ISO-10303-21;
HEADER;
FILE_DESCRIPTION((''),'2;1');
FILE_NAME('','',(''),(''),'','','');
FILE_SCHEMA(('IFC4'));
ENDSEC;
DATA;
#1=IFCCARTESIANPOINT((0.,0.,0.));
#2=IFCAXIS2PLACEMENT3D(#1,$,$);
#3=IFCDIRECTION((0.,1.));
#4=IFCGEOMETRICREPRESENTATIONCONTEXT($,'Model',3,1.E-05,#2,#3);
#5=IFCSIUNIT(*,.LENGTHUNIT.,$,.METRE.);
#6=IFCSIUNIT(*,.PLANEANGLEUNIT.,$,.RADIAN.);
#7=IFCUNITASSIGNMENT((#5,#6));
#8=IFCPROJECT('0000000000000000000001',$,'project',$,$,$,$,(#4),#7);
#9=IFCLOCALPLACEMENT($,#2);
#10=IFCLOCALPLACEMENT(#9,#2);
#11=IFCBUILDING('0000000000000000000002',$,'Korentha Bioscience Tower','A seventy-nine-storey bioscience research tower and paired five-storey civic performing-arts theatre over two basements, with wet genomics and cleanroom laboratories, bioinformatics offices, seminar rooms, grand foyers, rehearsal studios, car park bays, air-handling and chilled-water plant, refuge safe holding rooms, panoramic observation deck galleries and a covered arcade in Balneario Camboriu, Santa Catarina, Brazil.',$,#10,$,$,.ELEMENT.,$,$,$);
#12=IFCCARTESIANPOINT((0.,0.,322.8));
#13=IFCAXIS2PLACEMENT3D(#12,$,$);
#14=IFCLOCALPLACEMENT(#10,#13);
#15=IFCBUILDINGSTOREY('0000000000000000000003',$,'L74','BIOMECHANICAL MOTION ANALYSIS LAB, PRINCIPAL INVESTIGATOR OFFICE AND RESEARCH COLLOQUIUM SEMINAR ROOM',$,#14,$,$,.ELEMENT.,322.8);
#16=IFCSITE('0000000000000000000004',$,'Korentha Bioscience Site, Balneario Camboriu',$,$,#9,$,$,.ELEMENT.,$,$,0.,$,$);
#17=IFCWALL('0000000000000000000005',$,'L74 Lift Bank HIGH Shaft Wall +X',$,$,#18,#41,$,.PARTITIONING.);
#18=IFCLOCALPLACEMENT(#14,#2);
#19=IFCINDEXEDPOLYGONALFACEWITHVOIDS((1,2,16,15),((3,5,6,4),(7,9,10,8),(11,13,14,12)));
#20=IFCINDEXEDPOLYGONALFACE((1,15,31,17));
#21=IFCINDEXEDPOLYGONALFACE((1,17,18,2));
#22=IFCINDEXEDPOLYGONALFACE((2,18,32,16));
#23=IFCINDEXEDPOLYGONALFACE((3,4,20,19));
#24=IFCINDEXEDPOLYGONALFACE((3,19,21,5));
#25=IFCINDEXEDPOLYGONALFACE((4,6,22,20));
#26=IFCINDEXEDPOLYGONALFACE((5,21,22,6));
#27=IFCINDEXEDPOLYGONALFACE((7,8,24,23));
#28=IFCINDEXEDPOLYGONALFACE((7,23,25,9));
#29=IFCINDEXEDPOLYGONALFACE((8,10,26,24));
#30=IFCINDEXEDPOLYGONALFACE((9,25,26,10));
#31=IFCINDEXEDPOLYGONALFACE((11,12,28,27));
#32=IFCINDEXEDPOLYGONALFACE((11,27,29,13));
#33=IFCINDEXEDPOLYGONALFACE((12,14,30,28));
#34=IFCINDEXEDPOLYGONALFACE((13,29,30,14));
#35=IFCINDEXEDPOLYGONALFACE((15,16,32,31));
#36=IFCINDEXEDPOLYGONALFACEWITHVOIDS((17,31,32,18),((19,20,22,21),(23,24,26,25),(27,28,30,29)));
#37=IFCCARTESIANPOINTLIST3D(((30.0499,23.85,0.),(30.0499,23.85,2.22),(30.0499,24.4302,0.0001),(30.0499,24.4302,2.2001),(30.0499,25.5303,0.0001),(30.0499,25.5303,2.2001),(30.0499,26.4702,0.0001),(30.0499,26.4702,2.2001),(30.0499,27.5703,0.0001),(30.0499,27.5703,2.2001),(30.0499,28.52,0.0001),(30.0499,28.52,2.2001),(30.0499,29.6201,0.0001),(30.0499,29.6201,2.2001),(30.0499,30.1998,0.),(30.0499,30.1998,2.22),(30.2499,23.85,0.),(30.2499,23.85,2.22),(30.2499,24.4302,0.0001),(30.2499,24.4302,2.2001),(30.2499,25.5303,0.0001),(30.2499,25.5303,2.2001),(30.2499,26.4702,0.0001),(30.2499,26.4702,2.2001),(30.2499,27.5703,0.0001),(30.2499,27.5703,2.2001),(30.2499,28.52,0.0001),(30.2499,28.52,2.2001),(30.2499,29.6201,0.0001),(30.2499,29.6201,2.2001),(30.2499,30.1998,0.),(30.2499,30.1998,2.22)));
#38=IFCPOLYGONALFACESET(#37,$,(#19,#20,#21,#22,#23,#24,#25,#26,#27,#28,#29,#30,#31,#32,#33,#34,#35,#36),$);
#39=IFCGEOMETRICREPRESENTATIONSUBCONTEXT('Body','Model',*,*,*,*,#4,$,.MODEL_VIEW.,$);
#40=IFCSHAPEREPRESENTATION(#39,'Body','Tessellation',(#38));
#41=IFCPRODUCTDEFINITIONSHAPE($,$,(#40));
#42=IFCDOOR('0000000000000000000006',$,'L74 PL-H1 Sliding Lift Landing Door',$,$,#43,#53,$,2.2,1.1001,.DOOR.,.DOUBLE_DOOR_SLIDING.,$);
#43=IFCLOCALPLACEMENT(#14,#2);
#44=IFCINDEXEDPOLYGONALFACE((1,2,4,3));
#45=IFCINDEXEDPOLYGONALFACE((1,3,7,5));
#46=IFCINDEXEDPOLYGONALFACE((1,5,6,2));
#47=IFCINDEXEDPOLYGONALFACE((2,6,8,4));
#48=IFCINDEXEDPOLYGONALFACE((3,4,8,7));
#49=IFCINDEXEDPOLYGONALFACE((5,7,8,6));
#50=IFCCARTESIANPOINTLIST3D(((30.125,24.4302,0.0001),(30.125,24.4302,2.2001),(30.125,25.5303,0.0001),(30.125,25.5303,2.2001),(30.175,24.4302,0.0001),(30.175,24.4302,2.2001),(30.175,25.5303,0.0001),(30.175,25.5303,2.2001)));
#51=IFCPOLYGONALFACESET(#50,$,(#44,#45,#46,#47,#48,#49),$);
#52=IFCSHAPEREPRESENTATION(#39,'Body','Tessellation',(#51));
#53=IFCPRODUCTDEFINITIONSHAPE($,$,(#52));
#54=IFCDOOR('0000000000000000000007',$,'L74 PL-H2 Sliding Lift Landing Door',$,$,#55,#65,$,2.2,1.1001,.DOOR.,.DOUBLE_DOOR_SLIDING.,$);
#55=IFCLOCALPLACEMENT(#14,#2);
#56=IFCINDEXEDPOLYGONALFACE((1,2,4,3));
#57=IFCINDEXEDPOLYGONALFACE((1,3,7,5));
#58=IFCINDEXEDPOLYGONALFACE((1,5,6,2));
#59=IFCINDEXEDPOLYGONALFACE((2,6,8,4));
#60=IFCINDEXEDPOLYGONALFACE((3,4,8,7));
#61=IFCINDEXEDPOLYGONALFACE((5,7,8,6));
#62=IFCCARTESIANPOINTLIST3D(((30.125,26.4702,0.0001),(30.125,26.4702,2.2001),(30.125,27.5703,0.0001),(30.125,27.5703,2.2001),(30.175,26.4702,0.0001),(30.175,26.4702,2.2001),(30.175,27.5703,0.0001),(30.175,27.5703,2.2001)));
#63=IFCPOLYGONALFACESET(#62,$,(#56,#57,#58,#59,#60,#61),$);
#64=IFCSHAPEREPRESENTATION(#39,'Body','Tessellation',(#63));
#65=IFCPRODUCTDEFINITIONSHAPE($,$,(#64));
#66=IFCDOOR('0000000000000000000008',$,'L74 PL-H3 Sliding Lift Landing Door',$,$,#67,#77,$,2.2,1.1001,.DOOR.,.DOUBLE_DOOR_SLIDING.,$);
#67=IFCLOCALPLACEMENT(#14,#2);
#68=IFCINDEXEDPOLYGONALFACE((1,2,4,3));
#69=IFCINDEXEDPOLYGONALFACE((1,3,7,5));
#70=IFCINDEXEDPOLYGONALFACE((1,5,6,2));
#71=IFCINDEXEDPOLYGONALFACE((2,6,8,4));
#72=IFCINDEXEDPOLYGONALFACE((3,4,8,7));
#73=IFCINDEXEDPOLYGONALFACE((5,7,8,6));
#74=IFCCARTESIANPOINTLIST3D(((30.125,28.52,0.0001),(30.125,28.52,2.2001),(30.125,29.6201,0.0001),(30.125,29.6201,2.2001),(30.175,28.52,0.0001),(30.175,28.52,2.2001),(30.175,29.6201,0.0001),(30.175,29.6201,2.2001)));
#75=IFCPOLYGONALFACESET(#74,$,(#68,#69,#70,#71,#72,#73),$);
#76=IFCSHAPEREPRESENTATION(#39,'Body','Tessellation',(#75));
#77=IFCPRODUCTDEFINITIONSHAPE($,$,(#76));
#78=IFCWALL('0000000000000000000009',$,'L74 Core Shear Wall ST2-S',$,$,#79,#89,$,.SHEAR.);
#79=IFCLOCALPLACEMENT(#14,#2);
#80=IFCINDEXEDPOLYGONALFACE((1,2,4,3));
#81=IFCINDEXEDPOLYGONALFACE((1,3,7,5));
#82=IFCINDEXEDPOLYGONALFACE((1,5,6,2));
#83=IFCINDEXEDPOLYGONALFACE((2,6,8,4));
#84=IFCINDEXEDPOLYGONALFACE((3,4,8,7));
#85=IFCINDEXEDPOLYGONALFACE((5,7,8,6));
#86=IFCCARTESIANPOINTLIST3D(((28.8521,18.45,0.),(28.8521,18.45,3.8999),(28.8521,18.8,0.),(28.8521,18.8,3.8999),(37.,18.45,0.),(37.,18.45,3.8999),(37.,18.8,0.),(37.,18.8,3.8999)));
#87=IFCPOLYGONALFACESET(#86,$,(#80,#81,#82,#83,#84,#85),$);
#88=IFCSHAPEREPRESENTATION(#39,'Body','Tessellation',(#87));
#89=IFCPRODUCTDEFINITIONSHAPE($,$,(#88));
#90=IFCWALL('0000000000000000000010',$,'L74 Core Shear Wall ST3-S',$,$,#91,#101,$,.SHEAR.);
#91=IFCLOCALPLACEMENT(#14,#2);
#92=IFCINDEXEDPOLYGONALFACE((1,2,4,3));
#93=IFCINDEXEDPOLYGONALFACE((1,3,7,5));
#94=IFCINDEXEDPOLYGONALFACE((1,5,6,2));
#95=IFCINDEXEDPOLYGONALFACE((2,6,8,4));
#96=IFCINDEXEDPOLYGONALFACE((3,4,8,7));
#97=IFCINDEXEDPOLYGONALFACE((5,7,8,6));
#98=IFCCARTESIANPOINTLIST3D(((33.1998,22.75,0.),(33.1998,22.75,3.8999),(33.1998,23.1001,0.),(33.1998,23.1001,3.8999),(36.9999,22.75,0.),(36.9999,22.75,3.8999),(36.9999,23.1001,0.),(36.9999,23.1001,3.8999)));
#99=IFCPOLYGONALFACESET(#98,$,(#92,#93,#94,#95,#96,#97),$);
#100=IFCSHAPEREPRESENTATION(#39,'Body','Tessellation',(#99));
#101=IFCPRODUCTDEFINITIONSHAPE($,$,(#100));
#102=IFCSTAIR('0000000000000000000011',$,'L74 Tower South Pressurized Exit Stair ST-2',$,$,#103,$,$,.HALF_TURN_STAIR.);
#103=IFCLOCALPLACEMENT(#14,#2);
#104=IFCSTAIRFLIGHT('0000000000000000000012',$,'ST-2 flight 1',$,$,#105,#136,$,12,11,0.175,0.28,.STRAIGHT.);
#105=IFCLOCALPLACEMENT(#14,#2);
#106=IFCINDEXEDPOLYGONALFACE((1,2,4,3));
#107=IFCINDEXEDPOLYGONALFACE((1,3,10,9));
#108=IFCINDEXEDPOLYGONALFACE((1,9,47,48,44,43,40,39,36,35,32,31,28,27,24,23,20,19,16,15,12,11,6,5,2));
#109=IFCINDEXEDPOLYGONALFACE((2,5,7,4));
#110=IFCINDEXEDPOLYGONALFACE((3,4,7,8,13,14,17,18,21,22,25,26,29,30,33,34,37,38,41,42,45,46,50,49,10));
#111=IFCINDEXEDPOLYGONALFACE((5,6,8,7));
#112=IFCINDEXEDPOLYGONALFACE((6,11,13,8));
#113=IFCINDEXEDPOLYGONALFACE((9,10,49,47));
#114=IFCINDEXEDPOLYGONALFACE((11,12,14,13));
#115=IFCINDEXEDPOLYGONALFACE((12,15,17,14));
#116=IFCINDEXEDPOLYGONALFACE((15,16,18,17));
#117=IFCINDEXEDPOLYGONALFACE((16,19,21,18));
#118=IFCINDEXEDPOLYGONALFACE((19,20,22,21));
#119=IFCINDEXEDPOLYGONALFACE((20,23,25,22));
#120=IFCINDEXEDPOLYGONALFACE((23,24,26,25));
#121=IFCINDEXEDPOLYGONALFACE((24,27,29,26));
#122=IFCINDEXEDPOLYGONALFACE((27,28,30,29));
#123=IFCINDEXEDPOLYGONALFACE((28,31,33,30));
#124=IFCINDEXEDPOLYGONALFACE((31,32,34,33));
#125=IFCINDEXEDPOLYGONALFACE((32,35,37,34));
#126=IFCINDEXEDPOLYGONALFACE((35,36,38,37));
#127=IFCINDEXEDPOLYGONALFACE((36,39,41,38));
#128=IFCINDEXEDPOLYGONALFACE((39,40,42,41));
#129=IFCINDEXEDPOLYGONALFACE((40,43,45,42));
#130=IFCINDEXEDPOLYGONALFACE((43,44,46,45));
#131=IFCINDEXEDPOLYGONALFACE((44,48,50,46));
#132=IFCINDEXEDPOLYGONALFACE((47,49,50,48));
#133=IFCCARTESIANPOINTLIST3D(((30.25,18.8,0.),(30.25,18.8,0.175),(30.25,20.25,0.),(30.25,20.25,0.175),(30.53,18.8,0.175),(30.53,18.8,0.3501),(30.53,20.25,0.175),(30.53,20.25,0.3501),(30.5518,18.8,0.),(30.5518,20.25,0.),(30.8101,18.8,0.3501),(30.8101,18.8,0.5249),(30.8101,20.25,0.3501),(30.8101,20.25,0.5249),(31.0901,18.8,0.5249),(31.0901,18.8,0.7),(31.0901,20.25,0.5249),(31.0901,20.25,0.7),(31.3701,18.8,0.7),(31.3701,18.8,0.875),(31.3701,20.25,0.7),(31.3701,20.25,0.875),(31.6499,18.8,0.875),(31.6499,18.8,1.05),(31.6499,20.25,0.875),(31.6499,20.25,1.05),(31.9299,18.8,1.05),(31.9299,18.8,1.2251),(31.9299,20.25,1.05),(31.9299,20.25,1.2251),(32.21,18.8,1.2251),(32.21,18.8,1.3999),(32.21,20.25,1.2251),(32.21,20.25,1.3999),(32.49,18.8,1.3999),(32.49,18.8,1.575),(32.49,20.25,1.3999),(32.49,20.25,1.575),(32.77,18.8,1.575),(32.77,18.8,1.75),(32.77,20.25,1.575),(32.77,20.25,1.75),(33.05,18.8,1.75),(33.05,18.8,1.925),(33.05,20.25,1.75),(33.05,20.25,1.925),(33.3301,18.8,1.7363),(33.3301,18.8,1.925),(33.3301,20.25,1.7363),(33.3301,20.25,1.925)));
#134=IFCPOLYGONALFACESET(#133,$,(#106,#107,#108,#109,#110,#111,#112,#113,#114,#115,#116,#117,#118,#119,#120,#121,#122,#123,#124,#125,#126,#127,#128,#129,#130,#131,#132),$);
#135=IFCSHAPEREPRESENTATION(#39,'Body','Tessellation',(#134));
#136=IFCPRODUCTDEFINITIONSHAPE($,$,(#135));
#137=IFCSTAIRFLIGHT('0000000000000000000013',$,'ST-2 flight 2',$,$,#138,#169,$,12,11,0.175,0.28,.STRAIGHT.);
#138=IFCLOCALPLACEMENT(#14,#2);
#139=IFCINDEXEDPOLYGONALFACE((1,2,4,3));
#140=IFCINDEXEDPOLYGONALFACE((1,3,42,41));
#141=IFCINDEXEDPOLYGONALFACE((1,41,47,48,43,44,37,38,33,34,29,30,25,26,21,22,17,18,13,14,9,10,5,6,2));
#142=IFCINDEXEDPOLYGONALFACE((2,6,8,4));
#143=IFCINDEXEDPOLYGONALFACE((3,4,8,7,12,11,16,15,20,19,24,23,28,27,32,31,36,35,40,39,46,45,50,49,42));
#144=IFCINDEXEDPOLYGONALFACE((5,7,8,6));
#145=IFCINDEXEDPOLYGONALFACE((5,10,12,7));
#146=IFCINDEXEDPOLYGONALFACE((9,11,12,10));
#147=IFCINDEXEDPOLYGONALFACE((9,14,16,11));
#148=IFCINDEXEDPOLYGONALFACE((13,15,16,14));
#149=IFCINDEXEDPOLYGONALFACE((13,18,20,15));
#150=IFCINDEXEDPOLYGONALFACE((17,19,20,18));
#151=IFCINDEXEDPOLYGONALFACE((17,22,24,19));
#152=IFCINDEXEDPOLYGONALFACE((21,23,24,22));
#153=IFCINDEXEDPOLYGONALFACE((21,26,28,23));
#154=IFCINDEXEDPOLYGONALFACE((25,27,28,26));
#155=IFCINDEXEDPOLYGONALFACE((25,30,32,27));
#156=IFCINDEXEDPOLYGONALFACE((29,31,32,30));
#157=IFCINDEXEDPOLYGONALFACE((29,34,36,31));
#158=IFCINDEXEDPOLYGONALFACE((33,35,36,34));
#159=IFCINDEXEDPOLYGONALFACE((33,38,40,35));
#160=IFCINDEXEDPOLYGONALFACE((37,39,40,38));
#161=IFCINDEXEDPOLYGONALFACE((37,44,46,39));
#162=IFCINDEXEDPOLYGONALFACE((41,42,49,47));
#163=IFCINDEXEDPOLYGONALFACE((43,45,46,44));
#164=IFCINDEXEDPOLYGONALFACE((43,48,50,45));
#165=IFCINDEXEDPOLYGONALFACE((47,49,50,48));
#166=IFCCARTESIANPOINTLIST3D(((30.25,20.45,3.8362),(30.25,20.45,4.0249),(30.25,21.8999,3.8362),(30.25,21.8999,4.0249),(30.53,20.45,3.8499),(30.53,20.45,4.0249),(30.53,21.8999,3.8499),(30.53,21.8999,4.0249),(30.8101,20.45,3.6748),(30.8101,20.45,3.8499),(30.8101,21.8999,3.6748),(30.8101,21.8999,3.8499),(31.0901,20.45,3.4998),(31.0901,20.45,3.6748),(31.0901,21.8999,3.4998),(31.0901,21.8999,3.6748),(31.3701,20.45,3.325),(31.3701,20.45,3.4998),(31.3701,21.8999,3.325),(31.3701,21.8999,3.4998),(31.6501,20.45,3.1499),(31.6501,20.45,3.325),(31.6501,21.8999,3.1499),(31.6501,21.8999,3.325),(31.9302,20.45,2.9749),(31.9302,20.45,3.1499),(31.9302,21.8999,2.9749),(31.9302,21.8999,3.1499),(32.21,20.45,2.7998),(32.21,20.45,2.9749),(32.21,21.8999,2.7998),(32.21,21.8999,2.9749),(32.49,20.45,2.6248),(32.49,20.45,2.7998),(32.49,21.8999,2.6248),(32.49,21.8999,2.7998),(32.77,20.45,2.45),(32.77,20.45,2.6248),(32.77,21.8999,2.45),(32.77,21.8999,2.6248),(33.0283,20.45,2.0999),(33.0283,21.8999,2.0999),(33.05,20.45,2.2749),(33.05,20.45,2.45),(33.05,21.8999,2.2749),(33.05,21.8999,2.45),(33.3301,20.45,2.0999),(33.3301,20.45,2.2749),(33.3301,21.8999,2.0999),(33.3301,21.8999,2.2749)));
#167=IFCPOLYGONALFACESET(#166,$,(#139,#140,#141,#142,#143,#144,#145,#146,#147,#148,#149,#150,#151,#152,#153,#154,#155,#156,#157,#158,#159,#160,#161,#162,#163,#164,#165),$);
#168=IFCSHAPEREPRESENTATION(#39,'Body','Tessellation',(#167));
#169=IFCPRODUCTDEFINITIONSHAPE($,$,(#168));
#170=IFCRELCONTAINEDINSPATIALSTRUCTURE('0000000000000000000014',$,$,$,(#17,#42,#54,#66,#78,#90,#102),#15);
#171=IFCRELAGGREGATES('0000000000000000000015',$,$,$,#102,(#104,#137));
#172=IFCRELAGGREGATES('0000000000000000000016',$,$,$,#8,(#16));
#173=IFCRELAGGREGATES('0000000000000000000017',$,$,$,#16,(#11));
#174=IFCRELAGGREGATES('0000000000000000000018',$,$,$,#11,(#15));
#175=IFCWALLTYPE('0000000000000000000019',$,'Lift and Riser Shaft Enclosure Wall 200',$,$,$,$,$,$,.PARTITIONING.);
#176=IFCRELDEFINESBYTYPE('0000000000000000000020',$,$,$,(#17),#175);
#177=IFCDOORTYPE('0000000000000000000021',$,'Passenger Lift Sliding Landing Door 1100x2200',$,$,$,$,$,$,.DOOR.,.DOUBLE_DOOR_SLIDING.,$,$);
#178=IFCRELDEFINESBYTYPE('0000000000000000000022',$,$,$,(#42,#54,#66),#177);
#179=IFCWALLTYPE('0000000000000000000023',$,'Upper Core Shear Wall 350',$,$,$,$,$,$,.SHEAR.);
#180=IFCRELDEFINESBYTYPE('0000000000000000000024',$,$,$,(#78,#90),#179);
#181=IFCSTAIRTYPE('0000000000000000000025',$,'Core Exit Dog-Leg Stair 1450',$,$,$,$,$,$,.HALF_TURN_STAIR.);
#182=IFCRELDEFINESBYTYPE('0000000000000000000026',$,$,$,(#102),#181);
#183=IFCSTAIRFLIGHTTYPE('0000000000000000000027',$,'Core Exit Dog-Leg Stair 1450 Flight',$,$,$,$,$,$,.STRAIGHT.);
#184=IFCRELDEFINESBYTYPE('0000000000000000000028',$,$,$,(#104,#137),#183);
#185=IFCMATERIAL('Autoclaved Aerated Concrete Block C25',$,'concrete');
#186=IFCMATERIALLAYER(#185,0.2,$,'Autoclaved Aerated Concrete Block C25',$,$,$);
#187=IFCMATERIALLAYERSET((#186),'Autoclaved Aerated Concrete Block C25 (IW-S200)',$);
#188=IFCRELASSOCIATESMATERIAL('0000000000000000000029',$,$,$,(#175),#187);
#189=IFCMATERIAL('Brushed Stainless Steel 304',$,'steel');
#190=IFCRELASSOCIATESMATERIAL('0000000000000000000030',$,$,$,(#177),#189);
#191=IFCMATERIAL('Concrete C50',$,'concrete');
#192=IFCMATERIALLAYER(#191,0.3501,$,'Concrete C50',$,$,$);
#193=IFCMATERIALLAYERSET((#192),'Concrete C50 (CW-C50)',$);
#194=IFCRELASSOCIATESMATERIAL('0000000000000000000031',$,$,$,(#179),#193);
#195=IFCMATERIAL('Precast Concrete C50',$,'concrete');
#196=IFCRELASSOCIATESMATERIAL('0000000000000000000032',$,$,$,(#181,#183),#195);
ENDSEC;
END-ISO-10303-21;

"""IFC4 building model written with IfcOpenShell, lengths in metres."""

from ifc_helpers import new_model, si_unit, direction, frame, frame_2d, origin, place, context, subcontext, project, spatial, polyline, rectangle, outline, extrude, material, layer, layer_set, type_object, element, fill, aggregate, save


model = new_model("IFC4")

# Units and contexts
model_context = context("Model", 3, precision=1e-05, world=origin(), true_north=direction((0.0, 1.0)))
body_context = subcontext(model_context, "Body", "Model", "MODEL_VIEW")
ifc_project = project(units=[si_unit("LENGTHUNIT", "METRE"), si_unit("PLANEANGLEUNIT", "RADIAN")], contexts=[model_context])

# Site, building, storey
site_placement = place(None, origin())
site = spatial("IfcSite", under=ifc_project, at=site_placement, Name="Korentha Bioscience Site, Balneario Camboriu", CompositionType="ELEMENT", RefElevation=0.0)
building_placement = place(site_placement, origin())
building = spatial("IfcBuilding", under=site, at=building_placement, Name="Korentha Bioscience Tower", Description="A seventy-nine-storey bioscience research tower and paired five-storey civic performing-arts theatre over two basements, with wet genomics and cleanroom laboratories, bioinformatics offices, seminar rooms, grand foyers, rehearsal studios, car park bays, air-handling and chilled-water plant, refuge safe holding rooms, panoramic observation deck galleries and a covered arcade in Balneario Camboriu, Santa Catarina, Brazil.", CompositionType="ELEMENT")
storey_placement = place(building_placement, frame((0.0, 0.0, 322.8)))
storey = spatial("IfcBuildingStorey", under=building, at=storey_placement, Name="L74", Description="BIOMECHANICAL MOTION ANALYSIS LAB, PRINCIPAL INVESTIGATOR OFFICE AND RESEARCH COLLOQUIUM SEMINAR ROOM", CompositionType="ELEMENT", Elevation=322.8)

# Wall, openings, doors
ifc_material_1 = material(Name="Autoclaved Aerated Concrete Block C25", Category="concrete")
ifc_layer_1 = layer(ifc_material_1, 0.2, Name="Autoclaved Aerated Concrete Block C25")
ifc_layer_set_1 = layer_set([ifc_layer_1], Name="Autoclaved Aerated Concrete Block C25 (IW-S200)")
wall_type_1 = type_object("IfcWallType", Name="Lift and Riser Shaft Enclosure Wall 200", PredefinedType="PARTITIONING", material=ifc_layer_set_1)
wall_1_placement = place(storey_placement, frame((30.1499, 23.8501, 0.0), z_axis=(0.0, 0.0, 1.0), x_axis=(0.0, 1.0, 0.0)))
wall_1 = element("IfcWall", 1, at=wall_1_placement, inside=storey, type_object=wall_type_1, Name="L74 Lift Bank HIGH Shaft Wall +X", PredefinedType="PARTITIONING", context=body_context, shape_type="SweptSolid", body=[
    extrude(rectangle(XDim=6.3499, YDim=0.2, at=frame_2d((3.1748, 0.0))), origin(), (0.0, 0.0, 1.0), 2.22),
])
opening_1_placement = place(wall_1_placement, frame((0.5801, 0.0, 0.0)))
opening_1 = element("IfcOpeningElement", 2, at=opening_1_placement, cuts=wall_1, PredefinedType="OPENING", context=body_context, shape_type="SweptSolid", body=[
    extrude(rectangle(XDim=1.1001, YDim=2.2, at=frame_2d((0.55, 1.1001))), frame((0.0, 0.1147, 0.0), z_axis=(0.0, -1.0, 0.0), x_axis=(1.0, 0.0, 0.0)), (0.0, 0.0, 1.0), 0.2297),
])
opening_2_placement = place(wall_1_placement, frame((2.6201, 0.0, 0.0)))
opening_2 = element("IfcOpeningElement", 3, at=opening_2_placement, cuts=wall_1, PredefinedType="OPENING", context=body_context, shape_type="SweptSolid", body=[
    extrude(rectangle(XDim=1.1001, YDim=2.2, at=frame_2d((0.55, 1.1001))), frame((0.0, 0.1147, 0.0), z_axis=(0.0, -1.0, 0.0), x_axis=(1.0, 0.0, 0.0)), (0.0, 0.0, 1.0), 0.2297),
])
opening_3_placement = place(wall_1_placement, frame((4.6699, 0.0, 0.0)))
opening_3 = element("IfcOpeningElement", 4, at=opening_3_placement, cuts=wall_1, PredefinedType="OPENING", context=body_context, shape_type="SweptSolid", body=[
    extrude(rectangle(XDim=1.1001, YDim=2.2, at=frame_2d((0.55, 1.1001))), frame((0.0, 0.1147, 0.0), z_axis=(0.0, -1.0, 0.0), x_axis=(1.0, 0.0, 0.0)), (0.0, 0.0, 1.0), 0.2297),
])
ifc_material_2 = material(Name="Brushed Stainless Steel 304", Category="steel")
door_type_1 = type_object("IfcDoorType", Name="Passenger Lift Sliding Landing Door 1100x2200", OperationType="DOUBLE_DOOR_SLIDING", PredefinedType="DOOR", material=ifc_material_2)
door_1_placement = place(opening_1_placement, origin())
door_1 = element("IfcDoor", 5, at=door_1_placement, inside=storey, type_object=door_type_1, Name="L74 PL-H1 Sliding Lift Landing Door", OperationType="DOUBLE_DOOR_SLIDING", OverallHeight=2.2, OverallWidth=1.1001, PredefinedType="DOOR", context=body_context, shape_type="SweptSolid", body=[
    extrude(rectangle(XDim=1.1001, YDim=2.2, at=frame_2d((0.55, 1.1001))), frame((0.0, 0.0249, 0.0), z_axis=(0.0, -1.0, 0.0), x_axis=(1.0, 0.0, 0.0)), (0.0, 0.0, 1.0), 0.05),
])
fill(opening_1, door_1)
door_2_placement = place(opening_2_placement, origin())
door_2 = element("IfcDoor", 6, at=door_2_placement, inside=storey, type_object=door_type_1, Name="L74 PL-H2 Sliding Lift Landing Door", OperationType="DOUBLE_DOOR_SLIDING", OverallHeight=2.2, OverallWidth=1.1001, PredefinedType="DOOR", context=body_context, shape_type="SweptSolid", body=[
    extrude(rectangle(XDim=1.1001, YDim=2.2, at=frame_2d((0.55, 1.1001))), frame((0.0, 0.0249, 0.0), z_axis=(0.0, -1.0, 0.0), x_axis=(1.0, 0.0, 0.0)), (0.0, 0.0, 1.0), 0.05),
])
fill(opening_2, door_2)
door_3_placement = place(opening_3_placement, origin())
door_3 = element("IfcDoor", 7, at=door_3_placement, inside=storey, type_object=door_type_1, Name="L74 PL-H3 Sliding Lift Landing Door", OperationType="DOUBLE_DOOR_SLIDING", OverallHeight=2.2, OverallWidth=1.1001, PredefinedType="DOOR", context=body_context, shape_type="SweptSolid", body=[
    extrude(rectangle(XDim=1.1001, YDim=2.2, at=frame_2d((0.55, 1.1001))), frame((0.0, 0.0249, 0.0), z_axis=(0.0, -1.0, 0.0), x_axis=(1.0, 0.0, 0.0)), (0.0, 0.0, 1.0), 0.05),
])
fill(opening_3, door_3)

# Walls
ifc_material_3 = material(Name="Concrete C50", Category="concrete")
ifc_layer_2 = layer(ifc_material_3, 0.3501, Name="Concrete C50")
ifc_layer_set_2 = layer_set([ifc_layer_2], Name="Concrete C50 (CW-C50)")
wall_type_2 = type_object("IfcWallType", Name="Upper Core Shear Wall 350", PredefinedType="SHEAR", material=ifc_layer_set_2)
wall_2_placement = place(storey_placement, frame((28.8521, 18.625, 0.0), z_axis=(0.0, 0.0, 1.0), x_axis=(1.0, 0.0, 0.0)))
element("IfcWall", 8, at=wall_2_placement, inside=storey, type_object=wall_type_2, Name="L74 Core Shear Wall ST2-S", PredefinedType="SHEAR", context=body_context, shape_type="SweptSolid", body=[
    extrude(rectangle(XDim=8.1479, YDim=0.3501, at=frame_2d((4.074, 0.0))), origin(), (0.0, 0.0, 1.0), 3.8999),
])
wall_3_placement = place(storey_placement, frame((33.2, 22.925, 0.0), z_axis=(0.0, 0.0, 1.0), x_axis=(1.0, 0.0, 0.0)))
element("IfcWall", 9, at=wall_3_placement, inside=storey, type_object=wall_type_2, Name="L74 Core Shear Wall ST3-S", PredefinedType="SHEAR", context=body_context, shape_type="SweptSolid", body=[
    extrude(rectangle(XDim=3.8, YDim=0.3501, at=frame_2d((1.8999, 0.0))), origin(), (0.0, 0.0, 1.0), 3.8999),
])

# Stair, stair flights
ifc_material_4 = material(Name="Precast Concrete C50", Category="concrete")
stair_type = type_object("IfcStairType", Name="Core Exit Dog-Leg Stair 1450", PredefinedType="HALF_TURN_STAIR", material=ifc_material_4)
stair_1_placement = place(storey_placement, origin())
stair_1 = element("IfcStair", 10, at=stair_1_placement, inside=storey, type_object=stair_type, Name="L74 Tower South Pressurized Exit Stair ST-2", PredefinedType="HALF_TURN_STAIR")
stair_flight_type = type_object("IfcStairFlightType", Name="Core Exit Dog-Leg Stair 1450 Flight", PredefinedType="STRAIGHT", material=ifc_material_4)
stair_flight_1_placement = place(storey_placement, frame((30.25, 19.5249, 0.0), z_axis=(0.0, 0.0, 1.0), x_axis=(1.0, 0.0, 0.0)))
stair_flight_1 = element("IfcStairFlight", 11, at=stair_flight_1_placement, type_object=stair_flight_type, Name="ST-2 flight 1", NumberOfRisers=12, NumberOfTreads=11, PredefinedType="STRAIGHT", RiserHeight=0.175, TreadLength=0.28, context=body_context, shape_type="SweptSolid", body=[
    extrude(outline(polyline([(0.0, 0.0), (0.0, 0.175), (0.28, 0.175), (0.28, 0.3501), (0.5601, 0.3501), (0.5601, 0.5249), (0.8401, 0.5249), (0.8401, 0.7), (1.1201, 0.7), (1.1201, 0.875), (1.3999, 0.875), (1.3999, 1.05), (1.6799, 1.05), (1.6799, 1.2251), (1.96, 1.2251), (1.96, 1.3999), (2.24, 1.3999), (2.24, 1.575), (2.52, 1.575), (2.52, 1.75), (2.8, 1.75), (2.8, 1.925), (3.0801, 1.925), (3.0801, 2.1001), (3.0801, 1.7363), (0.3018, 0.0), (0.0, 0.0)])), frame((0.0, 0.7251, 0.0), z_axis=(0.0, -1.0, 0.0), x_axis=(1.0, 0.0, 0.0)), (0.0, 0.0, 1.0), 1.45),
])
stair_flight_2_placement = place(storey_placement, frame((33.3301, 21.175, 2.0999), z_axis=(0.0, 0.0, 1.0), x_axis=(-1.0, 0.0, 0.0)))
stair_flight_2 = element("IfcStairFlight", 12, at=stair_flight_2_placement, type_object=stair_flight_type, Name="ST-2 flight 2", NumberOfRisers=12, NumberOfTreads=11, PredefinedType="STRAIGHT", RiserHeight=0.175, TreadLength=0.28, context=body_context, shape_type="SweptSolid", body=[
    extrude(outline(polyline([(0.0, 0.0), (0.0, 0.175), (0.28, 0.175), (0.28, 0.3501), (0.5601, 0.3501), (0.5601, 0.5249), (0.8401, 0.5249), (0.8401, 0.7), (1.1201, 0.7), (1.1201, 0.875), (1.3999, 0.875), (1.3999, 1.05), (1.6799, 1.05), (1.6799, 1.2251), (1.96, 1.2251), (1.96, 1.3999), (2.24, 1.3999), (2.24, 1.575), (2.52, 1.575), (2.52, 1.75), (2.8, 1.75), (2.8, 1.925), (3.0801, 1.925), (3.0801, 2.1001), (3.0801, 1.7363), (0.3018, 0.0), (0.0, 0.0)])), frame((0.0, 0.7251, 0.0), z_axis=(0.0, -1.0, 0.0), x_axis=(1.0, 0.0, 0.0)), (0.0, 0.0, 1.0), 1.45),
])
aggregate(stair_1, [stair_flight_1, stair_flight_2])

save(model, "model.ifc")
